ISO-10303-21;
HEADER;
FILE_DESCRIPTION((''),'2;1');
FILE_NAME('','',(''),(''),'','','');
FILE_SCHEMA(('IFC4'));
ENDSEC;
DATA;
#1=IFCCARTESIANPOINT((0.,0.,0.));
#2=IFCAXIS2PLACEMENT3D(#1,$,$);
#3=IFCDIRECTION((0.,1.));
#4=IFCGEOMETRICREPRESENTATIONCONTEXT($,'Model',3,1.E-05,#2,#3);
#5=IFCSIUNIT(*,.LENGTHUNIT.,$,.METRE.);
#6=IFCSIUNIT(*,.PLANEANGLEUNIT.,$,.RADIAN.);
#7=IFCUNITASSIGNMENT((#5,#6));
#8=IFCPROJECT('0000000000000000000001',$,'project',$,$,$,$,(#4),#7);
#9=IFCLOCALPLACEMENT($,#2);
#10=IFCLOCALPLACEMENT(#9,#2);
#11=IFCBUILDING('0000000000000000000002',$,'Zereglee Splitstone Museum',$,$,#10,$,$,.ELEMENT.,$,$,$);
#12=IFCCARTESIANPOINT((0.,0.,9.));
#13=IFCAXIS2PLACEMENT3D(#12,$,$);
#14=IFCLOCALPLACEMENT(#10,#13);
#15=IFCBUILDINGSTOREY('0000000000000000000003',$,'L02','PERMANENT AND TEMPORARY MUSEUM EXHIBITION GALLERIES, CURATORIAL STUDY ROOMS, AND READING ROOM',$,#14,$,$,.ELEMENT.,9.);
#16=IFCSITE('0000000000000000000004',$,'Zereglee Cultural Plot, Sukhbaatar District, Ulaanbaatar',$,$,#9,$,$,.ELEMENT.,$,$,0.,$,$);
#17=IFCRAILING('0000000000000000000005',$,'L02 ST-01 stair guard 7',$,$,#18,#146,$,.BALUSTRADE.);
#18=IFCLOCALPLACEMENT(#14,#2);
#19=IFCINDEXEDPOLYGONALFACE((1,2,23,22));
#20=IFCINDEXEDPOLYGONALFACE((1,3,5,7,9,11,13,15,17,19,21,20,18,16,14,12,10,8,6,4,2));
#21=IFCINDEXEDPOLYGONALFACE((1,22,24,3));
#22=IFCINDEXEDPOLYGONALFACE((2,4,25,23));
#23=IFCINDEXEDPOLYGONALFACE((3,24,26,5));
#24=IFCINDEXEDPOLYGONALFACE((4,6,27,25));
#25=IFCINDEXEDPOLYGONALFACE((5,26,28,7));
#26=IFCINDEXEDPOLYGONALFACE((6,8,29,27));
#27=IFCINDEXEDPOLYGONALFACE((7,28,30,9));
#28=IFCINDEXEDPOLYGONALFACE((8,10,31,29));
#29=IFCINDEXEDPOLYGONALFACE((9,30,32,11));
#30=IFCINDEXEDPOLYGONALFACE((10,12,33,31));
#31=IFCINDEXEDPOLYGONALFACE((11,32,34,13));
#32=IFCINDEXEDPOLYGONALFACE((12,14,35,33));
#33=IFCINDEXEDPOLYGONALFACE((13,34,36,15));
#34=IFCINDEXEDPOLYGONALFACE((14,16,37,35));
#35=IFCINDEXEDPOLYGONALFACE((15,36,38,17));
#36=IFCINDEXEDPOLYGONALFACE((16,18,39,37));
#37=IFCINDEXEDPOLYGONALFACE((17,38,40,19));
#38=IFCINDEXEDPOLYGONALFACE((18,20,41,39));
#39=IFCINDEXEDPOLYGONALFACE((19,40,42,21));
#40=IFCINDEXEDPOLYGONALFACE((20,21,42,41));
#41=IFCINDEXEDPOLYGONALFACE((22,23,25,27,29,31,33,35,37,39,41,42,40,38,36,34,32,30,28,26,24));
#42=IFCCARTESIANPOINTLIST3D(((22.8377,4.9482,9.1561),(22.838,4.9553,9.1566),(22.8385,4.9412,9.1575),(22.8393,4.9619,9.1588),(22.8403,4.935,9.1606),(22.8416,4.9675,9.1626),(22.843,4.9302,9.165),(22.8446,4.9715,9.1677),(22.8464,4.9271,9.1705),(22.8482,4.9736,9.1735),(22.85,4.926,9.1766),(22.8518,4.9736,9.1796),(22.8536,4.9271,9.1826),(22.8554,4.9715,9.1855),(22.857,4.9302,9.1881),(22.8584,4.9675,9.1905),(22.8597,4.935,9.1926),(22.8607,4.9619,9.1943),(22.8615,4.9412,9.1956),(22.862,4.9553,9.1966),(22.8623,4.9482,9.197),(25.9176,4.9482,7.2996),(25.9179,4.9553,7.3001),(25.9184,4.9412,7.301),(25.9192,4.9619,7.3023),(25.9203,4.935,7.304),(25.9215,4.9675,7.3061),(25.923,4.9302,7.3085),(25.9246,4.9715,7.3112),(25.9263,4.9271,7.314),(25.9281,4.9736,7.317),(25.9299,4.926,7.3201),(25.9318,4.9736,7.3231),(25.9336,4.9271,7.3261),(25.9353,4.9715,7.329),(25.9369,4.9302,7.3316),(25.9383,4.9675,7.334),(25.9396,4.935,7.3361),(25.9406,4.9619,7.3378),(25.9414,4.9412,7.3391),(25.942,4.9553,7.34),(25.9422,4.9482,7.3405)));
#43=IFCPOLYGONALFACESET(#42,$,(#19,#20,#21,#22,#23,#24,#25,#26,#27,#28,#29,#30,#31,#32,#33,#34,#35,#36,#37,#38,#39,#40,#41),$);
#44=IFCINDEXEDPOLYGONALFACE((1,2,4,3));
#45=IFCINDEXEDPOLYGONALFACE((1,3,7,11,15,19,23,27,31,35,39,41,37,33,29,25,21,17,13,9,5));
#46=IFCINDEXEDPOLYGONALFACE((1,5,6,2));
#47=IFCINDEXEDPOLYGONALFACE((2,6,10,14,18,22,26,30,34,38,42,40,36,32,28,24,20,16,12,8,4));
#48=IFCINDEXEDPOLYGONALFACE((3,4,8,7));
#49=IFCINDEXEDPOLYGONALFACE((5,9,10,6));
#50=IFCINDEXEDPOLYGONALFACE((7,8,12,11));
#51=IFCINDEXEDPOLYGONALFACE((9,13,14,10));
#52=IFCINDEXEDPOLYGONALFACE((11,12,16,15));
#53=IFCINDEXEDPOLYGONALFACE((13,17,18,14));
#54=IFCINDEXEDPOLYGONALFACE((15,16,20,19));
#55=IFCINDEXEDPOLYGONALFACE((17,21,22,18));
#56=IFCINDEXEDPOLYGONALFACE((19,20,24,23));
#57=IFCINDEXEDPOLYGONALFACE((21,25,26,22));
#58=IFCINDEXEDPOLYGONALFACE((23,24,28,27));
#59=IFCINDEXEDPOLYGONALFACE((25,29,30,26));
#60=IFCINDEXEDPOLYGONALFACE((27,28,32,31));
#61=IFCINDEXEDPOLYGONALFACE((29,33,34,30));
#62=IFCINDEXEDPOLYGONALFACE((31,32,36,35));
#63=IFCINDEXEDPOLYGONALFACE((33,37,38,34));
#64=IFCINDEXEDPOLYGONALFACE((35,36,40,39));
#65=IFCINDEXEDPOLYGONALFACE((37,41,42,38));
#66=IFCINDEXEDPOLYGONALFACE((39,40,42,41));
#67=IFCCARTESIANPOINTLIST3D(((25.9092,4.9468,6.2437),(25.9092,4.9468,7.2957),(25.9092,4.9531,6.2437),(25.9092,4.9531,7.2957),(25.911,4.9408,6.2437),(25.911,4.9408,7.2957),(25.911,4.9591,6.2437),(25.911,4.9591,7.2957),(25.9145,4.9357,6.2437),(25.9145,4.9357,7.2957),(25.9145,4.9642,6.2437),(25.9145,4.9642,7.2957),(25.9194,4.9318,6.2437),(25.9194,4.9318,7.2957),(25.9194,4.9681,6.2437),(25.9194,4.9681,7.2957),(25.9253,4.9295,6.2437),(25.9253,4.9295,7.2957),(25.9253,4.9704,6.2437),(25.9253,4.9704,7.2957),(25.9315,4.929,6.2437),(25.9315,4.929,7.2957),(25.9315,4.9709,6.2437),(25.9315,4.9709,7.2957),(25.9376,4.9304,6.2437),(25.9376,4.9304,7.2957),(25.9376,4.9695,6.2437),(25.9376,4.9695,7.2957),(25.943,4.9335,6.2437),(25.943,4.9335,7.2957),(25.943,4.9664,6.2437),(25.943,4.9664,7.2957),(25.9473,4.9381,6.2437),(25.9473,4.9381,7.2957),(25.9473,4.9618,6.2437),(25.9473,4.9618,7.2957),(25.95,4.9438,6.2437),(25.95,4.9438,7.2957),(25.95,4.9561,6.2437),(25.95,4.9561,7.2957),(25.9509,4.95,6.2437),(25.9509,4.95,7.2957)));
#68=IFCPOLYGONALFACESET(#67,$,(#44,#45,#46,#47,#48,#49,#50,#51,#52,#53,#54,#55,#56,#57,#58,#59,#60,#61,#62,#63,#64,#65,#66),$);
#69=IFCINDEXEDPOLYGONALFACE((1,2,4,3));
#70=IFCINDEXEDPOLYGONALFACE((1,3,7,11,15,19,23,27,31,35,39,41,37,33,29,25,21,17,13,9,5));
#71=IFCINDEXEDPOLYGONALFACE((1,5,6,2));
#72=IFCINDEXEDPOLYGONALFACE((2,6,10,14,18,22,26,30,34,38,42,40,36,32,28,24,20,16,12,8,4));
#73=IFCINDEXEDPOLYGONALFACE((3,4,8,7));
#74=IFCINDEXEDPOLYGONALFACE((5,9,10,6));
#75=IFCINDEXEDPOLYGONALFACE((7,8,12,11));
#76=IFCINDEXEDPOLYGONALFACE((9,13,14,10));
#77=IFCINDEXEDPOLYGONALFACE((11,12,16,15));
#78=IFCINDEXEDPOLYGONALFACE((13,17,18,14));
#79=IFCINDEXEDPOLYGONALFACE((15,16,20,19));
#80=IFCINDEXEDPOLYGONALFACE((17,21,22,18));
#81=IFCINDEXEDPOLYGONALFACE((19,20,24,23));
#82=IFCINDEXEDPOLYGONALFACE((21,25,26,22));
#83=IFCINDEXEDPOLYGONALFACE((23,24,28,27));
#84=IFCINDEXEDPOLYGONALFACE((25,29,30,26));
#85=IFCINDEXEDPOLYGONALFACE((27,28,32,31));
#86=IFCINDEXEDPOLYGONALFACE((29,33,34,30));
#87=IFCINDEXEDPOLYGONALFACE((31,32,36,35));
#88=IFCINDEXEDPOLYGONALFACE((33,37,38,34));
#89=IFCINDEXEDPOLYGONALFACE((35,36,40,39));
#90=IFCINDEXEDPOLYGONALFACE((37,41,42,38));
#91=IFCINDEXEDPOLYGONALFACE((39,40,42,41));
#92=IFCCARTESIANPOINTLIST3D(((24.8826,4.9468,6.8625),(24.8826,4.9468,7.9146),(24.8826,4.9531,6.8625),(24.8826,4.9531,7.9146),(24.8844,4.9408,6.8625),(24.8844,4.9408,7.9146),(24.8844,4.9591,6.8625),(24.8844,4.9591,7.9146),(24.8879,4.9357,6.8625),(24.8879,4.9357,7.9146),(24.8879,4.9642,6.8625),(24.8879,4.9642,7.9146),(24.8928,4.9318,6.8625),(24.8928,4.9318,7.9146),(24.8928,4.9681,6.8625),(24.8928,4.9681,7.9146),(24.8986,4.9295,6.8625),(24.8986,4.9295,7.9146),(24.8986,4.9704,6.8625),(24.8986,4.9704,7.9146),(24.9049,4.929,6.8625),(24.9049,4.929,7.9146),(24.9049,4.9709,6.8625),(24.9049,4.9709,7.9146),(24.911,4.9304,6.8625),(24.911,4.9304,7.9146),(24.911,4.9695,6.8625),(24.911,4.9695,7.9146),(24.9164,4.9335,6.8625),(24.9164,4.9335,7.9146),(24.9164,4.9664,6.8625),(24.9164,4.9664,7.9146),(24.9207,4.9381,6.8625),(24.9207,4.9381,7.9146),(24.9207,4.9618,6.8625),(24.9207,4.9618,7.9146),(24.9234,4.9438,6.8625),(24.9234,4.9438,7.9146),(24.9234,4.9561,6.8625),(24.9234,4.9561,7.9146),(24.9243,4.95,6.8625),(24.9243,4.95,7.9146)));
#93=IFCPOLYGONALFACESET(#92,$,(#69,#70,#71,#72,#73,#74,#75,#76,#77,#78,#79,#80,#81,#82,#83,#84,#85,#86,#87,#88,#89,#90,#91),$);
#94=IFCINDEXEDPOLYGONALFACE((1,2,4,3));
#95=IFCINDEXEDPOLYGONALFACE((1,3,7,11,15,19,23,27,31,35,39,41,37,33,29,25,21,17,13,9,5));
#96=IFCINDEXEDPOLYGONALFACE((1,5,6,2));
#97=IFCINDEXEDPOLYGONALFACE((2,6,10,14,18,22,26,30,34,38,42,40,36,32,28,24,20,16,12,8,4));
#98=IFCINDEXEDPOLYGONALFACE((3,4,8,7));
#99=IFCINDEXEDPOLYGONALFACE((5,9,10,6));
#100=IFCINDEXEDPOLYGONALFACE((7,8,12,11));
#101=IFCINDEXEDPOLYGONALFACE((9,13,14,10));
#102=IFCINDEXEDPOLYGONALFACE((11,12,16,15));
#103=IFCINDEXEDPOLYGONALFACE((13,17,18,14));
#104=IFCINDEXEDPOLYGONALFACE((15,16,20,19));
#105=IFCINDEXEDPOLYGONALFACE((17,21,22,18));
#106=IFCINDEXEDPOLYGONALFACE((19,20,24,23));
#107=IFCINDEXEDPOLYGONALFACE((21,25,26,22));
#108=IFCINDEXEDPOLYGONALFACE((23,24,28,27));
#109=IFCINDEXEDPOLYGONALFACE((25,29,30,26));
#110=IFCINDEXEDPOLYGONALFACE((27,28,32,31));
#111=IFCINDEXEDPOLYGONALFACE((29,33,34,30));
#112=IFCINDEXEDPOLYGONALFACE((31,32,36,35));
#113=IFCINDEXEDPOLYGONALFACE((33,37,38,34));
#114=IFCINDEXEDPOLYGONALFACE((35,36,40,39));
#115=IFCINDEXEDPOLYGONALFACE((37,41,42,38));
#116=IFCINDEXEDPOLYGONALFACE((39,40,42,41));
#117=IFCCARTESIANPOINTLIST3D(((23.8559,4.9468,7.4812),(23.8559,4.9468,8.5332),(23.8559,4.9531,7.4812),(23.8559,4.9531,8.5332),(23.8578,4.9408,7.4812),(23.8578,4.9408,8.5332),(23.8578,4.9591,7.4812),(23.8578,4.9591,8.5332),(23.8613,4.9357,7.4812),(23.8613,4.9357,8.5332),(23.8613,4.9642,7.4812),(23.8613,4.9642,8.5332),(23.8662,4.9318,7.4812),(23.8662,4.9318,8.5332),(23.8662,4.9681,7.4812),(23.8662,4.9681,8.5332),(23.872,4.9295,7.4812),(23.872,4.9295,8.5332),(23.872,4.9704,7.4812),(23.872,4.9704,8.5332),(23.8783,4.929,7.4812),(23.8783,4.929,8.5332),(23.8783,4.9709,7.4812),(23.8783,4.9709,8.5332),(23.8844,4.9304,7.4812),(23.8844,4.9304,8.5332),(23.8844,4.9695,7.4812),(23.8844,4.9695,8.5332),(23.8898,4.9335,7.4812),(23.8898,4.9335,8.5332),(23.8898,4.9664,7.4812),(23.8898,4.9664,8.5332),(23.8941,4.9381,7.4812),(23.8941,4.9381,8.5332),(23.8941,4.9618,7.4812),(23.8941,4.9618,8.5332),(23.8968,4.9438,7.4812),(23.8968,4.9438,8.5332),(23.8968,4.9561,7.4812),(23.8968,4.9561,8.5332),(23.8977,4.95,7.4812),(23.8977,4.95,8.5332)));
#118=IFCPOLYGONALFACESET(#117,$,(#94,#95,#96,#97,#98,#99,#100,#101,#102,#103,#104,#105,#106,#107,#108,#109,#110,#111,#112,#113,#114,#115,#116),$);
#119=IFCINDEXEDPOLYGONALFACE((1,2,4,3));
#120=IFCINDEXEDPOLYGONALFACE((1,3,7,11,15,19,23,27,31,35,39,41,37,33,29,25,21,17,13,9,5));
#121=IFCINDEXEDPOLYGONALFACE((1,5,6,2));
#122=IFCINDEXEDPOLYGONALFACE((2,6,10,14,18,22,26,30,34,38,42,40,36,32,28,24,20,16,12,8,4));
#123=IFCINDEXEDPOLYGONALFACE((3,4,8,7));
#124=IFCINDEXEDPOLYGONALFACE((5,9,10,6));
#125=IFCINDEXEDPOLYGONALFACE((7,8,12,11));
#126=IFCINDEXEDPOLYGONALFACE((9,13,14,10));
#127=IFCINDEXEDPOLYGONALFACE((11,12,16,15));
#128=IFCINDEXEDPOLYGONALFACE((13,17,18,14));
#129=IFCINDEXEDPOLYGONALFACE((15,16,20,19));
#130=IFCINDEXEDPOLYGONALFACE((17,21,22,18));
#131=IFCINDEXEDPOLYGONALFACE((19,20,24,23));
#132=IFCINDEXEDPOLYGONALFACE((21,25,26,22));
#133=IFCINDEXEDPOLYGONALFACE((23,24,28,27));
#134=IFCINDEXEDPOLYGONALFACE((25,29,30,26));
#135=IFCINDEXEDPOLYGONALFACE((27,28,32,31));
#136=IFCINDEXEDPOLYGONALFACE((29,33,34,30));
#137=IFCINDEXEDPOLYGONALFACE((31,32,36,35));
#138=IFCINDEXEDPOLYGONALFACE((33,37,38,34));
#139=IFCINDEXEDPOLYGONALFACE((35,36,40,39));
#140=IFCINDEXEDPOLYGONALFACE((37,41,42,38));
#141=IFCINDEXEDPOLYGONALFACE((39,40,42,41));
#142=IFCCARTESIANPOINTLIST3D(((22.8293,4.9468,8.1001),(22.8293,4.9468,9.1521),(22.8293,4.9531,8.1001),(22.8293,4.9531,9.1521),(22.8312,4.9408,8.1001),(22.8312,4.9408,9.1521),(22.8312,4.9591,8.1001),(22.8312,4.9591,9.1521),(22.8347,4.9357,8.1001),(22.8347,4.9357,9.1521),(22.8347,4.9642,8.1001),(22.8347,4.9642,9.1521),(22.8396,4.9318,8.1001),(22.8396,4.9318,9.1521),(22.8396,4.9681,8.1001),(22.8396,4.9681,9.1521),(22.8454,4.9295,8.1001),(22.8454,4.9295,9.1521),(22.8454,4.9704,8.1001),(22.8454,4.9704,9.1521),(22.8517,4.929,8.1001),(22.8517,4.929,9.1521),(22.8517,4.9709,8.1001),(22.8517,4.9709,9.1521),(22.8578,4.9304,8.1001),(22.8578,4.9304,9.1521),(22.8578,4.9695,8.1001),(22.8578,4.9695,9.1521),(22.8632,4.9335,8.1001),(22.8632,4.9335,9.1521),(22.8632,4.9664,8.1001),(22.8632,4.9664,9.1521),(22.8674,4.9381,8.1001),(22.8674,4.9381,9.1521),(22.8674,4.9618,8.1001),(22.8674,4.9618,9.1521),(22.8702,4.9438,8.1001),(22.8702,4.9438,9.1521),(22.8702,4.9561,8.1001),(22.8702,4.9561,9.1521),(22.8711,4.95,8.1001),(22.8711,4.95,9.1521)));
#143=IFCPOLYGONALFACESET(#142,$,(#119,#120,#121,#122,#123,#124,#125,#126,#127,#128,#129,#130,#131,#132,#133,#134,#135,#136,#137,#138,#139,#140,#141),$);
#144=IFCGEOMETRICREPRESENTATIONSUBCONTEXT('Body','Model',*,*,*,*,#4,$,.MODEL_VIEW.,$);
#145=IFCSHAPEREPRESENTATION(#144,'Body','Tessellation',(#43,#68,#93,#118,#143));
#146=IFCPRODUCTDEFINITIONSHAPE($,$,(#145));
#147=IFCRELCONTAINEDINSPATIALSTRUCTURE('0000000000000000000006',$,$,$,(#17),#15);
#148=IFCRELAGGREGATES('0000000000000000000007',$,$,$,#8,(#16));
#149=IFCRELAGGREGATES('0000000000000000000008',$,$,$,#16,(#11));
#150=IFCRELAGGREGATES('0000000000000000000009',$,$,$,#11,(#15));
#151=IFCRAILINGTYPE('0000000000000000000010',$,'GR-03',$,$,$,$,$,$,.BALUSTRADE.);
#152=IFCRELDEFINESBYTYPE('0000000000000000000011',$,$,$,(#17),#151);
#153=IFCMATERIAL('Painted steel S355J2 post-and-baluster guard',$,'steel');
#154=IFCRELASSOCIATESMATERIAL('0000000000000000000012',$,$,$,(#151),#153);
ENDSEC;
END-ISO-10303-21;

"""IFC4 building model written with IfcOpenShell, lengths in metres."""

from ifc_helpers import new_model, si_unit, direction, frame, origin, origin_2d, place, context, subcontext, project, spatial, circle, extrude, material, type_object, element, save


model = new_model("IFC4")

# Units and contexts
model_context = context("Model", 3, precision=1e-05, world=origin(), true_north=direction((0.0, 1.0)))
body_context = subcontext(model_context, "Body", "Model", "MODEL_VIEW")
ifc_project = project(units=[si_unit("LENGTHUNIT", "METRE"), si_unit("PLANEANGLEUNIT", "RADIAN")], contexts=[model_context])

# Site, building, storey
site_placement = place(None, origin())
site = spatial("IfcSite", under=ifc_project, at=site_placement, Name="Zereglee Cultural Plot, Sukhbaatar District, Ulaanbaatar", CompositionType="ELEMENT", RefElevation=0.0)
building_placement = place(site_placement, origin())
building = spatial("IfcBuilding", under=site, at=building_placement, Name="Zereglee Splitstone Museum", CompositionType="ELEMENT")
storey_placement = place(building_placement, frame((0.0, 0.0, 9.0)))
storey = spatial("IfcBuildingStorey", under=building, at=storey_placement, Name="L02", Description="PERMANENT AND TEMPORARY MUSEUM EXHIBITION GALLERIES, CURATORIAL STUDY ROOMS, AND READING ROOM", CompositionType="ELEMENT", Elevation=9.0)

# Railing
ifc_material_1 = material(Name="Painted steel S355J2 post-and-baluster guard", Category="steel")
railing_type_1 = type_object("IfcRailingType", Name="GR-03", PredefinedType="BALUSTRADE", material=ifc_material_1)
railing_1_placement = place(storey_placement, frame((25.9299, 4.95, 6.2437)))
element("IfcRailing", 1, at=railing_1_placement, inside=storey, type_object=railing_type_1, Name="L02 ST-01 stair guard 7", PredefinedType="BALUSTRADE", context=body_context, shape_type="SweptSolid", body=[
    extrude(circle(Radius=0.0239, at=origin_2d()), frame((0.0, 0.0, 1.0764), z_axis=(-0.856443, 0.0, 0.516242), x_axis=(0.0, -1.0, 0.0)), (0.0, 0.0, 1.0), 3.5962),
    extrude(circle(Radius=0.021, at=origin_2d()), origin(), (0.0, 0.0, 1.0), 1.052),
    extrude(circle(Radius=0.021, at=origin_2d()), frame((-1.0266, 0.0, 0.6189)), (0.0, 0.0, 1.0), 1.052),
    extrude(circle(Radius=0.021, at=origin_2d()), frame((-2.0532, 0.0, 1.2375)), (0.0, 0.0, 1.0), 1.052),
    extrude(circle(Radius=0.021, at=origin_2d()), frame((-3.0798, 0.0, 1.8564)), (0.0, 0.0, 1.0), 1.052),
])

save(model, "model.ifc")
